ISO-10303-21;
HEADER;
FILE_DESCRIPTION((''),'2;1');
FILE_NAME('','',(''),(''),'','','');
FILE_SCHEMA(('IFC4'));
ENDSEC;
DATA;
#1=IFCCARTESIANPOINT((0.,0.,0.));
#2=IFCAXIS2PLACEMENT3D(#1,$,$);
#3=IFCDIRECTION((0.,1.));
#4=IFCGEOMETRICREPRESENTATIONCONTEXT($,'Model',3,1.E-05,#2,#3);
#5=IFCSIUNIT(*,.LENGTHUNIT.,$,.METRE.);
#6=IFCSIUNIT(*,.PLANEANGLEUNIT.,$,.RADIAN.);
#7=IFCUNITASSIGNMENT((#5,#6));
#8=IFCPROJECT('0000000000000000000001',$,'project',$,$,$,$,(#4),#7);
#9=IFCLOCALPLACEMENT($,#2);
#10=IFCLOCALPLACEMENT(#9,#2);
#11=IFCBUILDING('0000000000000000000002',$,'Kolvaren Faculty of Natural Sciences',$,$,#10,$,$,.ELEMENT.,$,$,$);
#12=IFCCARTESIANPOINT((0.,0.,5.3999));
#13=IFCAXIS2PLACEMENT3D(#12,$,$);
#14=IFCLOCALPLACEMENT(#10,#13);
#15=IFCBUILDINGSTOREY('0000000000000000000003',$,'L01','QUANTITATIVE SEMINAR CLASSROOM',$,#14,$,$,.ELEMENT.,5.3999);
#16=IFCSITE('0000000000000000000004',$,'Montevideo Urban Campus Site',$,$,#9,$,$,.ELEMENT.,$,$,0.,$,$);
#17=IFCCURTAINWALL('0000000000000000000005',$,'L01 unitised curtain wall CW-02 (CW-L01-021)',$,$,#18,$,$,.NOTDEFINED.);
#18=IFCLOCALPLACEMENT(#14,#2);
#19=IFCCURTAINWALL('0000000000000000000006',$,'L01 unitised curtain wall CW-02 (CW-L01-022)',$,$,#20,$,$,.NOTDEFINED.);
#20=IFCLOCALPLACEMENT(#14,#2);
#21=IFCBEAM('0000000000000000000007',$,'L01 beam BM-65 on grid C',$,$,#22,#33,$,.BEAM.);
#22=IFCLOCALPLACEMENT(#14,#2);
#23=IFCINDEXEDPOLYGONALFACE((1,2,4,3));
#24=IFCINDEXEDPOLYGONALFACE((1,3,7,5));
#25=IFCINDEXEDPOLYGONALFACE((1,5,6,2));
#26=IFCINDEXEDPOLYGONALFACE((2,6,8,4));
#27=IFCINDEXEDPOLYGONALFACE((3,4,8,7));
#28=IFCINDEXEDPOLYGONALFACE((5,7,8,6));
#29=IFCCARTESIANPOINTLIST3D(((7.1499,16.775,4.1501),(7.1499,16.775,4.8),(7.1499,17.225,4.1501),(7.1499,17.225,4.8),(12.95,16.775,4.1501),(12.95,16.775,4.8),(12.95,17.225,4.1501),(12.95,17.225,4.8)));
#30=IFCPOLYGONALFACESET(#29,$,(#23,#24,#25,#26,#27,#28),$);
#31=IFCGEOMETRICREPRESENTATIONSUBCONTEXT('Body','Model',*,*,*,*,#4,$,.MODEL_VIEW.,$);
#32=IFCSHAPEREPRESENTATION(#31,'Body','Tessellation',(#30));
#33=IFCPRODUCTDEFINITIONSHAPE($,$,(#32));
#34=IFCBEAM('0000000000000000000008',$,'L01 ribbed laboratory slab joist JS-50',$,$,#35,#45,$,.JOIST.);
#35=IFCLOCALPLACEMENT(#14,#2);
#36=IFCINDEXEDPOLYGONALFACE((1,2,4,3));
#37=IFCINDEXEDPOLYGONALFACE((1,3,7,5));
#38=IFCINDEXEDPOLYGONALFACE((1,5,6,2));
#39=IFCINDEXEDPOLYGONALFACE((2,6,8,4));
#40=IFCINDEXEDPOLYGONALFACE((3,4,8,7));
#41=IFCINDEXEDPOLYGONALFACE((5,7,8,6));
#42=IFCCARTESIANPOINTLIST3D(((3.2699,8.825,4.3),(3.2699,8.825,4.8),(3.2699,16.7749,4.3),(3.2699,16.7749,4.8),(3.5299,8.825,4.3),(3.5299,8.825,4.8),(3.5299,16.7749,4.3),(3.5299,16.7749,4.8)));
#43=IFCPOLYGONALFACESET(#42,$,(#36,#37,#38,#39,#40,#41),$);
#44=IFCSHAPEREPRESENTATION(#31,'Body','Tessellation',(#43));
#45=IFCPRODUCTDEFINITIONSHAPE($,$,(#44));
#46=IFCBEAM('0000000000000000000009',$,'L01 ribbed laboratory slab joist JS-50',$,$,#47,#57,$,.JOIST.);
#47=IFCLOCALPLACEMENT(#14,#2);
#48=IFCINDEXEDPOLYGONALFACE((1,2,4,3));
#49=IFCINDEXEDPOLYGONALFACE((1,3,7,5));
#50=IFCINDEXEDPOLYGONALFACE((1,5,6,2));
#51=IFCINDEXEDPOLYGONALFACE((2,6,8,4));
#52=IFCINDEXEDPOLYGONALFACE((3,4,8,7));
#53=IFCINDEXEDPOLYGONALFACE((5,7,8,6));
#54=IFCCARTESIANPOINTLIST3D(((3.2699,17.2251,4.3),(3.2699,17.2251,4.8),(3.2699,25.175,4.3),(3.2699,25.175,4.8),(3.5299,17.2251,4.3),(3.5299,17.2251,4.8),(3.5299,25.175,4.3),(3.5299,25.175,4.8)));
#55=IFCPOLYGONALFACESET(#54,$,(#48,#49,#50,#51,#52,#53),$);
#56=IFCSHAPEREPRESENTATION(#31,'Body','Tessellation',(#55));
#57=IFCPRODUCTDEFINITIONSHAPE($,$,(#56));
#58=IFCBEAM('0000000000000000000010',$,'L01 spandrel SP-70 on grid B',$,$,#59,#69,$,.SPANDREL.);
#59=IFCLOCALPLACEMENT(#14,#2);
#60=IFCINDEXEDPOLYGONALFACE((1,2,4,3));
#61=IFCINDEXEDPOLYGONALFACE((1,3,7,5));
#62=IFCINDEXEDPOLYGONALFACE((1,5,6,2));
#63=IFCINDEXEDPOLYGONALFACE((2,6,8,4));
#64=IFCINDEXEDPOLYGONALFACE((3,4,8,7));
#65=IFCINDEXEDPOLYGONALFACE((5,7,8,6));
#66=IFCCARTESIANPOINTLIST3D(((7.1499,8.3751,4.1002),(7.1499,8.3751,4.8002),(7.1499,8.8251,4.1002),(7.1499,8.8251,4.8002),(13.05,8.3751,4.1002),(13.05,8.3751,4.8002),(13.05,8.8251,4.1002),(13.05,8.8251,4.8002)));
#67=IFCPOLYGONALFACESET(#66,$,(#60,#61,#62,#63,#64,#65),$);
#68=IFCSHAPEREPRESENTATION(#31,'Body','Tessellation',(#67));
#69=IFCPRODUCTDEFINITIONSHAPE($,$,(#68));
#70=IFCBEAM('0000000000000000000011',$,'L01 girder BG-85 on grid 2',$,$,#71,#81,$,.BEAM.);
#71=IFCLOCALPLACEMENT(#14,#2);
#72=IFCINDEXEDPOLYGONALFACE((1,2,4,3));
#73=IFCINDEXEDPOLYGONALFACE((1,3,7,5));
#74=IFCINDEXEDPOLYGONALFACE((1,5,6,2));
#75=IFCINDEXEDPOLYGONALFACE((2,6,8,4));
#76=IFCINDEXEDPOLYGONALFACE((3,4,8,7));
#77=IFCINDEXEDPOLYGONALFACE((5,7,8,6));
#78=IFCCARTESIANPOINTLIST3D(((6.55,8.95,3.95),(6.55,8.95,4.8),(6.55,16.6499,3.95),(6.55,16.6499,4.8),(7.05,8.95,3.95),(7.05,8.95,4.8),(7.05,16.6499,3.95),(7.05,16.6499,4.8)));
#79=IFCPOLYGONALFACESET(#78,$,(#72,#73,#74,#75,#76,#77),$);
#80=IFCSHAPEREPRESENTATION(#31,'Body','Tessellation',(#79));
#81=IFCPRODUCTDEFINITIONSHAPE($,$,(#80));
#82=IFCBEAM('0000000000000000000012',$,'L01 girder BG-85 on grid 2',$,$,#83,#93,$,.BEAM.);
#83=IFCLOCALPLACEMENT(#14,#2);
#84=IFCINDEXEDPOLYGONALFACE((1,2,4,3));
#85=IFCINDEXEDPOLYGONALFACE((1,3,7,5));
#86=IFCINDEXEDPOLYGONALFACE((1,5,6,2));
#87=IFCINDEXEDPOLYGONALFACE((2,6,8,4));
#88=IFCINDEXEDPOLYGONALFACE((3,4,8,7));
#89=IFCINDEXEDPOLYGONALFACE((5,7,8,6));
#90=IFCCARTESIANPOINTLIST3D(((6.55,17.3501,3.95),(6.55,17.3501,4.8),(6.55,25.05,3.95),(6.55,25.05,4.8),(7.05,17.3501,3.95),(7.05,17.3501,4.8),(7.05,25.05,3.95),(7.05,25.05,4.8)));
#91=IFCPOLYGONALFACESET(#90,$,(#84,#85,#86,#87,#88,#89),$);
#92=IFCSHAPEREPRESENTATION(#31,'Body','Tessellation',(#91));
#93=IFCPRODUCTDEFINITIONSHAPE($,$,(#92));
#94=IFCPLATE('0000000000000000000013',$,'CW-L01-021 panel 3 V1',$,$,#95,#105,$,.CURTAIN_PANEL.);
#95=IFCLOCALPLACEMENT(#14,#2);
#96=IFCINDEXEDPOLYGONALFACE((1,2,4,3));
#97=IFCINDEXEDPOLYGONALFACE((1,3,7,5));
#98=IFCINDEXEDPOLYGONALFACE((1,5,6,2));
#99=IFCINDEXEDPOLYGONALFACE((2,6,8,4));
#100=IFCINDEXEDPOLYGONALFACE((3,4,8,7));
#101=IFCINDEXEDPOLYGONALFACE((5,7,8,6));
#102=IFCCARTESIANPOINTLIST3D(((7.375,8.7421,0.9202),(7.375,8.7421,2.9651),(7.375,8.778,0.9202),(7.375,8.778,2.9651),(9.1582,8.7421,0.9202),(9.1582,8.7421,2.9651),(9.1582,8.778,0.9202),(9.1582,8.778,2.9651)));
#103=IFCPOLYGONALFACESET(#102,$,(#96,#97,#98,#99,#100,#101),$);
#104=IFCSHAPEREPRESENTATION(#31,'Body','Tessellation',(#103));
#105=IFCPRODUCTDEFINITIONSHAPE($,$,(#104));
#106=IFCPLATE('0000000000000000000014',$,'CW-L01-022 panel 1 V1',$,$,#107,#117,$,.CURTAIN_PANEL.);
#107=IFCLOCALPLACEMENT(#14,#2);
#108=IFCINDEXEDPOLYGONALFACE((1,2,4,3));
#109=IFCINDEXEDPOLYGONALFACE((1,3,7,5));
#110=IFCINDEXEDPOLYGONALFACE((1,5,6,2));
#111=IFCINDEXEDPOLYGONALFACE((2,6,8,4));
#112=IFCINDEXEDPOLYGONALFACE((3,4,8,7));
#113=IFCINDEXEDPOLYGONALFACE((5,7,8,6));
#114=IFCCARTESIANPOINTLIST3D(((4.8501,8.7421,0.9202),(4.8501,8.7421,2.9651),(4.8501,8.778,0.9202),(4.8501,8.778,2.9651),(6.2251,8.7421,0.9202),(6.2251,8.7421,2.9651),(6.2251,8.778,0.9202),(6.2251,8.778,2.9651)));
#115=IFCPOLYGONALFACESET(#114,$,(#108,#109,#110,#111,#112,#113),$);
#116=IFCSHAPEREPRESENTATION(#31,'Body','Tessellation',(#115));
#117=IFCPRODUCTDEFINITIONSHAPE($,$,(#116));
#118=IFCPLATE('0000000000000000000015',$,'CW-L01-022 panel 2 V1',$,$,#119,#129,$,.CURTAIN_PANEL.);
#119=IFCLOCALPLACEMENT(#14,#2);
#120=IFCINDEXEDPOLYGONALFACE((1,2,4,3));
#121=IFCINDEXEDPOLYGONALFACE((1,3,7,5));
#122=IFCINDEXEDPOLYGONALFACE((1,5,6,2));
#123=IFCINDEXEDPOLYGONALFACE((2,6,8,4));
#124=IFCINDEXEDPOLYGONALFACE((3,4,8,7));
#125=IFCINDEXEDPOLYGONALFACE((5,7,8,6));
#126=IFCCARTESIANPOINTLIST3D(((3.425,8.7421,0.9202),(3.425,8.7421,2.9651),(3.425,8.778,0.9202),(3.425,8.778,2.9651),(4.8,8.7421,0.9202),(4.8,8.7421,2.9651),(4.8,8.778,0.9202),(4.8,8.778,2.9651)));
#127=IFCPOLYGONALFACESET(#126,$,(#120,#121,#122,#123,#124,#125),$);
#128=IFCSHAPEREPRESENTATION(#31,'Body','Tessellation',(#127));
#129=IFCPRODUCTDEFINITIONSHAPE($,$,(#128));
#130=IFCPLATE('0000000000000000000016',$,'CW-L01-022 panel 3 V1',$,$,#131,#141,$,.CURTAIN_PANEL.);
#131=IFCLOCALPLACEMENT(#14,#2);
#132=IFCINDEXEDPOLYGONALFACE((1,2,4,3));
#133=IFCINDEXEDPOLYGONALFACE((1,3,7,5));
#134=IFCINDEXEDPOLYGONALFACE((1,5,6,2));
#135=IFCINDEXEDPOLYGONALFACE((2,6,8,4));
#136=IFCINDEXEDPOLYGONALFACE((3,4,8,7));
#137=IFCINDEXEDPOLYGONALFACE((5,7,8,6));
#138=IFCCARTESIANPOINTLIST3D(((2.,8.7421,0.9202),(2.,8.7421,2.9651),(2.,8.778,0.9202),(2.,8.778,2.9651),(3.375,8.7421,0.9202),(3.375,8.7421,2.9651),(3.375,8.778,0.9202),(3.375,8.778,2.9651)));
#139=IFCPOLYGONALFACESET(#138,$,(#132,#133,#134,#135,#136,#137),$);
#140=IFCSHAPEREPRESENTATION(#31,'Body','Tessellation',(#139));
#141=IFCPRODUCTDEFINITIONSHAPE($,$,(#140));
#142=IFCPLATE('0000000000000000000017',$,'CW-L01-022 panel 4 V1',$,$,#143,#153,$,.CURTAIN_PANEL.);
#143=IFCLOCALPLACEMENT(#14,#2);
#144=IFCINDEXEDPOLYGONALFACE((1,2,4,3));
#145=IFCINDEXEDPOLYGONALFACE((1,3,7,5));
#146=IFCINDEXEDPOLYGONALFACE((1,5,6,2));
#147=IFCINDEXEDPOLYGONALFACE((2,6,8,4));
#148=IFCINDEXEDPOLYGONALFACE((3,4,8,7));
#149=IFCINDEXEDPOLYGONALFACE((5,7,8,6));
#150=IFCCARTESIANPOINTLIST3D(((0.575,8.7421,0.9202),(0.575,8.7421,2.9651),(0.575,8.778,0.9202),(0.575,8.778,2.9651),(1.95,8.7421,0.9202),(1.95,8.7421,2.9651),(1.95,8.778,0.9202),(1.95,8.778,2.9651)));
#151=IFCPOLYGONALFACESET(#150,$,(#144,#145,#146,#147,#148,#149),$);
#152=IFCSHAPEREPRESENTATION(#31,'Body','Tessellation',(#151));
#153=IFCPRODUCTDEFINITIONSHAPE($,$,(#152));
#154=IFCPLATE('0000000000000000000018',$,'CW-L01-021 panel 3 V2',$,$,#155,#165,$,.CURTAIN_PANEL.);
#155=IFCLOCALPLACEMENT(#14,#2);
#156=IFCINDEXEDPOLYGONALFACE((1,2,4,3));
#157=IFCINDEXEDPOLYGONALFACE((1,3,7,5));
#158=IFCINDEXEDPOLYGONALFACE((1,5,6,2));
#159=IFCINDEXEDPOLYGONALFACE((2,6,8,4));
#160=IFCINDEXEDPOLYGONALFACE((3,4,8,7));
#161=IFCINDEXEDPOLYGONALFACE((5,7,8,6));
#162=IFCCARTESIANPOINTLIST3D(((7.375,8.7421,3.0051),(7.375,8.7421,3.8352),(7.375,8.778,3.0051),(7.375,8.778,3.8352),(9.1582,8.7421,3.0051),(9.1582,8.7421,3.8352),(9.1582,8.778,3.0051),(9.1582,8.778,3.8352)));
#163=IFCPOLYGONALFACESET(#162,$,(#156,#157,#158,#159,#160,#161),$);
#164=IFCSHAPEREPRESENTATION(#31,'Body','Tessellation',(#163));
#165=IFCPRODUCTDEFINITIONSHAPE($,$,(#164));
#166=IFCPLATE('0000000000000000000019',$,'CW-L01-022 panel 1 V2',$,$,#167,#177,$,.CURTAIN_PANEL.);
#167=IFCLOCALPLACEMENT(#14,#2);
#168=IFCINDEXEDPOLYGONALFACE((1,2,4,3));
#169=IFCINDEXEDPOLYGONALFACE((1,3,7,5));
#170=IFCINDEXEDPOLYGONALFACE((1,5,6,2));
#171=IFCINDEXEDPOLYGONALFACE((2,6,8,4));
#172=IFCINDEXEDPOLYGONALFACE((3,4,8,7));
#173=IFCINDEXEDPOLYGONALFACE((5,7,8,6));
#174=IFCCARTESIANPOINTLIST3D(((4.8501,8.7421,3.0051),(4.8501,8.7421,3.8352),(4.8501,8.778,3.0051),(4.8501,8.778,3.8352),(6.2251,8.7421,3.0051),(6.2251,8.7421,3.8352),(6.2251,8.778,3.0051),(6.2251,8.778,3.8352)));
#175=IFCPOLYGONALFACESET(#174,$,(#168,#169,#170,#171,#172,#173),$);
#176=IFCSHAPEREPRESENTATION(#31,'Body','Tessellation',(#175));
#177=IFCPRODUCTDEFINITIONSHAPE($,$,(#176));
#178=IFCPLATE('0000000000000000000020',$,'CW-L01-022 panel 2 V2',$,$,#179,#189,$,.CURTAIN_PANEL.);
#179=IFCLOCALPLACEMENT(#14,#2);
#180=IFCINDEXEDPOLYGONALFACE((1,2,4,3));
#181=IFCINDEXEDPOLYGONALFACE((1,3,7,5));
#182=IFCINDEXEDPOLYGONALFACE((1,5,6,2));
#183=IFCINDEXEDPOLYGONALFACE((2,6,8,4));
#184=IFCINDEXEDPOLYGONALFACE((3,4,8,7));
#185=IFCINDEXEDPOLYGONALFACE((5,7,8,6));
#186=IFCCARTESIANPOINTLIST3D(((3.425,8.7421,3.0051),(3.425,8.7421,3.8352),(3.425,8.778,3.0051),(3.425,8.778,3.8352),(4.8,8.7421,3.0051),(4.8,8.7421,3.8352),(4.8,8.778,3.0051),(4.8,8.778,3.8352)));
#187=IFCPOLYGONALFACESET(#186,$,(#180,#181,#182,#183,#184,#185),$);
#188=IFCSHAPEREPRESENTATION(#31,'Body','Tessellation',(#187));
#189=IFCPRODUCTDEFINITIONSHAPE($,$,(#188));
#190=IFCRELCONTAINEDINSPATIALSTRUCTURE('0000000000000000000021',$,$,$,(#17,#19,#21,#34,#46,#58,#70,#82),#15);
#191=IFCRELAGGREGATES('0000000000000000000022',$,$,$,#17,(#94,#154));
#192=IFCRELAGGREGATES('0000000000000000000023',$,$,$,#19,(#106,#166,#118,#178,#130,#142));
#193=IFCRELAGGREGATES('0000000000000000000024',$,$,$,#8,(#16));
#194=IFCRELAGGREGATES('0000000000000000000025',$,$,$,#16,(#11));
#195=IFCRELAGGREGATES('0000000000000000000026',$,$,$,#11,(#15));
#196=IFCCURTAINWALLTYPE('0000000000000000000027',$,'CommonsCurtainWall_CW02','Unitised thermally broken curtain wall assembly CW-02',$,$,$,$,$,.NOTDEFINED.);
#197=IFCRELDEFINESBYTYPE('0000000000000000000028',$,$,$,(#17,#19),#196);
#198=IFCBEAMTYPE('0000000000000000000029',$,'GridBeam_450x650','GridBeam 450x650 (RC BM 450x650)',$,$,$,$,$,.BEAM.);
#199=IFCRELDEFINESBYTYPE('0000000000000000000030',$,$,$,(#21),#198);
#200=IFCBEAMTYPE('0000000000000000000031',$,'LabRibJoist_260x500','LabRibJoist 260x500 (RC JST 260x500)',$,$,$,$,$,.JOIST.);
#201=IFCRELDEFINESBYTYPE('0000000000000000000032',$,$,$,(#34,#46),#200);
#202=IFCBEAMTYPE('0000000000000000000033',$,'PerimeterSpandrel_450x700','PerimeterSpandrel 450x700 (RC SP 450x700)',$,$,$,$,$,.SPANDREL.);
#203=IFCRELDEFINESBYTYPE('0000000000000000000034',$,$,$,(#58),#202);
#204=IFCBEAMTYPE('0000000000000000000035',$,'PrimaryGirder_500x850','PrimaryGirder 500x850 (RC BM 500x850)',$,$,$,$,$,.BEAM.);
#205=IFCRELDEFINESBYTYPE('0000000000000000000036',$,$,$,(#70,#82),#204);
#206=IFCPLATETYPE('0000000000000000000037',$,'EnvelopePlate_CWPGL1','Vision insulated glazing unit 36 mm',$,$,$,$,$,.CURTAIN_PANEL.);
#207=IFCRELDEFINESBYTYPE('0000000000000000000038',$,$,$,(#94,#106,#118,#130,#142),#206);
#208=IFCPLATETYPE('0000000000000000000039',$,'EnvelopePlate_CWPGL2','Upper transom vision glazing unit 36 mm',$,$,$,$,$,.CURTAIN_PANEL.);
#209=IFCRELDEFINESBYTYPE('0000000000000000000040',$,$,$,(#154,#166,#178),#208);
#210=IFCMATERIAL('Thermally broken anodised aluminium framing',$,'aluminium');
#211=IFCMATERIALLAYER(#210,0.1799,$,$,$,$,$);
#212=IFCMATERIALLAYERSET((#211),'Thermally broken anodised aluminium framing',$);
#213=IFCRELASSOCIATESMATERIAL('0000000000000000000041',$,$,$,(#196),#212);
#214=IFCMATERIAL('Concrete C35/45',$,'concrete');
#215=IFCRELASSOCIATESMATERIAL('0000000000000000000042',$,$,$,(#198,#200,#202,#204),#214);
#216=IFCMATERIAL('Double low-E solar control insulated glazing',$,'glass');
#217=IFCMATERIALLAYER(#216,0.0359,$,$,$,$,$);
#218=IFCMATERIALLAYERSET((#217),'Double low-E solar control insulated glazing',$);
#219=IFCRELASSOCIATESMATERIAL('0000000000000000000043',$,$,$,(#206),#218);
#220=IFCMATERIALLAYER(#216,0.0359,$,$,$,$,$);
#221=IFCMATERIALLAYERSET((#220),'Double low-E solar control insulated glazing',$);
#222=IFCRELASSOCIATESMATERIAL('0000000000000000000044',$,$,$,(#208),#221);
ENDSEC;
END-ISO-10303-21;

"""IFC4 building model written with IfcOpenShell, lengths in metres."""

from ifc_helpers import new_model, si_unit, direction, frame, origin, origin_2d, place, context, subcontext, project, spatial, rectangle, extrude, material, layer, layer_set, material_profile, profile_set, type_object, element, aggregate, save


model = new_model("IFC4")

# Units and contexts
model_context = context("Model", 3, precision=1e-05, world=origin(), true_north=direction((0.0, 1.0)))
body_context = subcontext(model_context, "Body", "Model", "MODEL_VIEW")
ifc_project = project(units=[si_unit("LENGTHUNIT", "METRE"), si_unit("PLANEANGLEUNIT", "RADIAN")], contexts=[model_context])

# Site, building, storey
site_placement = place(None, origin())
site = spatial("IfcSite", under=ifc_project, at=site_placement, Name="Montevideo Urban Campus Site", CompositionType="ELEMENT", RefElevation=0.0)
building_placement = place(site_placement, origin())
building = spatial("IfcBuilding", under=site, at=building_placement, Name="Kolvaren Faculty of Natural Sciences", CompositionType="ELEMENT")
storey_placement = place(building_placement, frame((0.0, 0.0, 5.3999)))
storey = spatial("IfcBuildingStorey", under=building, at=storey_placement, Name="L01", Description="QUANTITATIVE SEMINAR CLASSROOM", CompositionType="ELEMENT", Elevation=5.3999)

# Curtain walls
ifc_material_1 = material(Name="Thermally broken anodised aluminium framing", Category="aluminium")
ifc_layer_1 = layer(ifc_material_1, 0.1799)
ifc_layer_set_1 = layer_set([ifc_layer_1], Name="Thermally broken anodised aluminium framing")
curtain_wall_type = type_object("IfcCurtainWallType", Name="CommonsCurtainWall_CW02", Description="Unitised thermally broken curtain wall assembly CW-02", PredefinedType="NOTDEFINED", material=ifc_layer_set_1)
curtain_wall_1_placement = place(storey_placement, origin())
curtain_wall_1 = element("IfcCurtainWall", 1, at=curtain_wall_1_placement, inside=storey, type_object=curtain_wall_type, Name="L01 unitised curtain wall CW-02 (CW-L01-021)", PredefinedType="NOTDEFINED")
curtain_wall_2_placement = place(storey_placement, origin())
curtain_wall_2 = element("IfcCurtainWall", 2, at=curtain_wall_2_placement, inside=storey, type_object=curtain_wall_type, Name="L01 unitised curtain wall CW-02 (CW-L01-022)", PredefinedType="NOTDEFINED")

# Beams
ifc_material_2 = material(Name="Concrete C35/45", Category="concrete")
ifc_material_profile_1 = material_profile(ifc_material_2, rectangle(XDim=0.45, YDim=0.6499, at=origin_2d()), Name="RC BM 450x650")
ifc_profile_set_1 = profile_set([ifc_material_profile_1], Name="Concrete C35/45")
beam_type_1 = type_object("IfcBeamType", Name="GridBeam_450x650", Description="GridBeam 450x650 (RC BM 450x650)", PredefinedType="BEAM", material=ifc_profile_set_1)
beam_1_placement = place(storey_placement, frame((7.1499, 17.0, 4.4751), z_axis=(1.0, 0.0, 0.0), x_axis=(0.0, 1.0, 0.0)))
element("IfcBeam", 3, at=beam_1_placement, inside=storey, type_object=beam_type_1, Name="L01 beam BM-65 on grid C", PredefinedType="BEAM", context=body_context, shape_type="SweptSolid", body=[
    extrude(rectangle(XDim=0.45, YDim=0.6499, at=origin_2d()), origin(), (0.0, 0.0, 1.0), 5.8),
])
ifc_material_profile_2 = material_profile(ifc_material_2, rectangle(XDim=0.26, YDim=0.5, at=origin_2d()), Name="RC JST 260x500")
ifc_profile_set_2 = profile_set([ifc_material_profile_2], Name="Concrete C35/45")
beam_type_2 = type_object("IfcBeamType", Name="LabRibJoist_260x500", Description="LabRibJoist 260x500 (RC JST 260x500)", PredefinedType="JOIST", material=ifc_profile_set_2)
for number, where, z_axis, x_axis, name in (
    (4, (3.3999, 8.825, 4.55), (0.0, 1.0, 0.0), (-1.0, 0.0, 0.0), "L01 ribbed laboratory slab joist JS-50"),
    (5, (3.3999, 17.2251, 4.55), (0.0, 1.0, 0.0), (-1.0, 0.0, 0.0), "L01 ribbed laboratory slab joist JS-50"),
):
    element("IfcBeam", number, at=place(storey_placement, frame(where, z_axis=z_axis, x_axis=x_axis)), inside=storey, type_object=beam_type_2, Name=name, PredefinedType="JOIST", context=body_context, shape_type="SweptSolid", body=[
        extrude(rectangle(XDim=0.26, YDim=0.5, at=origin_2d()), origin(), (0.0, 0.0, 1.0), 7.95),
    ])
ifc_material_profile_3 = material_profile(ifc_material_2, rectangle(XDim=0.45, YDim=0.7, at=origin_2d()), Name="RC SP 450x700")
ifc_profile_set_3 = profile_set([ifc_material_profile_3], Name="Concrete C35/45")
beam_type_3 = type_object("IfcBeamType", Name="PerimeterSpandrel_450x700", Description="PerimeterSpandrel 450x700 (RC SP 450x700)", PredefinedType="SPANDREL", material=ifc_profile_set_3)
beam_2_placement = place(storey_placement, frame((7.1499, 8.6001, 4.4502), z_axis=(1.0, 0.0, 0.0), x_axis=(0.0, 1.0, 0.0)))
element("IfcBeam", 6, at=beam_2_placement, inside=storey, type_object=beam_type_3, Name="L01 spandrel SP-70 on grid B", PredefinedType="SPANDREL", context=body_context, shape_type="SweptSolid", body=[
    extrude(rectangle(XDim=0.45, YDim=0.7, at=origin_2d()), origin(), (0.0, 0.0, 1.0), 5.9001),
])
ifc_material_profile_4 = material_profile(ifc_material_2, rectangle(XDim=0.5, YDim=0.8501, at=origin_2d()), Name="RC BM 500x850")
ifc_profile_set_4 = profile_set([ifc_material_profile_4], Name="Concrete C35/45")
beam_type_4 = type_object("IfcBeamType", Name="PrimaryGirder_500x850", Description="PrimaryGirder 500x850 (RC BM 500x850)", PredefinedType="BEAM", material=ifc_profile_set_4)
for number, where, z_axis, x_axis, name in (
    (7, (6.8, 8.95, 4.375), (0.0, 1.0, 0.0), (-1.0, 0.0, 0.0), "L01 girder BG-85 on grid 2"),
    (8, (6.8, 17.3501, 4.375), (0.0, 1.0, 0.0), (-1.0, 0.0, 0.0), "L01 girder BG-85 on grid 2"),
):
    element("IfcBeam", number, at=place(storey_placement, frame(where, z_axis=z_axis, x_axis=x_axis)), inside=storey, type_object=beam_type_4, Name=name, PredefinedType="BEAM", context=body_context, shape_type="SweptSolid", body=[
        extrude(rectangle(XDim=0.5, YDim=0.8501, at=origin_2d()), origin(), (0.0, 0.0, 1.0), 7.7),
    ])

# Plates
ifc_material_3 = material(Name="Double low-E solar control insulated glazing", Category="glass")
ifc_layer_2 = layer(ifc_material_3, 0.0359)
ifc_layer_set_2 = layer_set([ifc_layer_2], Name="Double low-E solar control insulated glazing")
plate_type_1 = type_object("IfcPlateType", Name="EnvelopePlate_CWPGL1", Description="Vision insulated glazing unit 36 mm", PredefinedType="CURTAIN_PANEL", material=ifc_layer_set_2)
plate_1_placement = place(storey_placement, frame((8.2666, 8.76, 0.9202), z_axis=(0.0, 0.0, 1.0), x_axis=(-1.0, 0.0, 0.0)))
plate_1 = element("IfcPlate", 9, at=plate_1_placement, type_object=plate_type_1, Name="CW-L01-021 panel 3 V1", PredefinedType="CURTAIN_PANEL", context=body_context, shape_type="SweptSolid", body=[
    extrude(rectangle(XDim=1.7832, YDim=0.0359, at=origin_2d()), origin(), (0.0, 0.0, 1.0), 2.0449),
])
plate_2_placement = place(storey_placement, frame((5.5376, 8.76, 0.9202), z_axis=(0.0, 0.0, 1.0), x_axis=(-1.0, 0.0, 0.0)))
plate_2 = element("IfcPlate", 10, at=plate_2_placement, type_object=plate_type_1, Name="CW-L01-022 panel 1 V1", PredefinedType="CURTAIN_PANEL", context=body_context, shape_type="SweptSolid", body=[
    extrude(rectangle(XDim=1.375, YDim=0.0359, at=origin_2d()), origin(), (0.0, 0.0, 1.0), 2.0449),
])
plate_3_placement = place(storey_placement, frame((4.1125, 8.76, 0.9202), z_axis=(0.0, 0.0, 1.0), x_axis=(-1.0, 0.0, 0.0)))
plate_3 = element("IfcPlate", 11, at=plate_3_placement, type_object=plate_type_1, Name="CW-L01-022 panel 2 V1", PredefinedType="CURTAIN_PANEL", context=body_context, shape_type="SweptSolid", body=[
    extrude(rectangle(XDim=1.375, YDim=0.0359, at=origin_2d()), origin(), (0.0, 0.0, 1.0), 2.0449),
])
plate_4_placement = place(storey_placement, frame((2.6875, 8.76, 0.9202), z_axis=(0.0, 0.0, 1.0), x_axis=(-1.0, 0.0, 0.0)))
plate_4 = element("IfcPlate", 12, at=plate_4_placement, type_object=plate_type_1, Name="CW-L01-022 panel 3 V1", PredefinedType="CURTAIN_PANEL", context=body_context, shape_type="SweptSolid", body=[
    extrude(rectangle(XDim=1.375, YDim=0.0359, at=origin_2d()), origin(), (0.0, 0.0, 1.0), 2.0449),
])
plate_5_placement = place(storey_placement, frame((1.2625, 8.76, 0.9202), z_axis=(0.0, 0.0, 1.0), x_axis=(-1.0, 0.0, 0.0)))
plate_5 = element("IfcPlate", 13, at=plate_5_placement, type_object=plate_type_1, Name="CW-L01-022 panel 4 V1", PredefinedType="CURTAIN_PANEL", context=body_context, shape_type="SweptSolid", body=[
    extrude(rectangle(XDim=1.375, YDim=0.0359, at=origin_2d()), origin(), (0.0, 0.0, 1.0), 2.0449),
])
ifc_layer_3 = layer(ifc_material_3, 0.0359)
ifc_layer_set_3 = layer_set([ifc_layer_3], Name="Double low-E solar control insulated glazing")
plate_type_2 = type_object("IfcPlateType", Name="EnvelopePlate_CWPGL2", Description="Upper transom vision glazing unit 36 mm", PredefinedType="CURTAIN_PANEL", material=ifc_layer_set_3)
plate_6_placement = place(storey_placement, frame((8.2666, 8.76, 3.0051), z_axis=(0.0, 0.0, 1.0), x_axis=(-1.0, 0.0, 0.0)))
plate_6 = element("IfcPlate", 14, at=plate_6_placement, type_object=plate_type_2, Name="CW-L01-021 panel 3 V2", PredefinedType="CURTAIN_PANEL", context=body_context, shape_type="SweptSolid", body=[
    extrude(rectangle(XDim=1.7832, YDim=0.0359, at=origin_2d()), origin(), (0.0, 0.0, 1.0), 0.8301),
])
plate_7_placement = place(storey_placement, frame((5.5376, 8.76, 3.0051), z_axis=(0.0, 0.0, 1.0), x_axis=(-1.0, 0.0, 0.0)))
plate_7 = element("IfcPlate", 15, at=plate_7_placement, type_object=plate_type_2, Name="CW-L01-022 panel 1 V2", PredefinedType="CURTAIN_PANEL", context=body_context, shape_type="SweptSolid", body=[
    extrude(rectangle(XDim=1.375, YDim=0.0359, at=origin_2d()), origin(), (0.0, 0.0, 1.0), 0.8301),
])
plate_8_placement = place(storey_placement, frame((4.1125, 8.76, 3.0051), z_axis=(0.0, 0.0, 1.0), x_axis=(-1.0, 0.0, 0.0)))
plate_8 = element("IfcPlate", 16, at=plate_8_placement, type_object=plate_type_2, Name="CW-L01-022 panel 2 V2", PredefinedType="CURTAIN_PANEL", context=body_context, shape_type="SweptSolid", body=[
    extrude(rectangle(XDim=1.375, YDim=0.0359, at=origin_2d()), origin(), (0.0, 0.0, 1.0), 0.8301),
])
aggregate(curtain_wall_1, [plate_1, plate_6])
aggregate(curtain_wall_2, [plate_2, plate_7, plate_3, plate_8, plate_4, plate_5])

save(model, "model.ifc")
